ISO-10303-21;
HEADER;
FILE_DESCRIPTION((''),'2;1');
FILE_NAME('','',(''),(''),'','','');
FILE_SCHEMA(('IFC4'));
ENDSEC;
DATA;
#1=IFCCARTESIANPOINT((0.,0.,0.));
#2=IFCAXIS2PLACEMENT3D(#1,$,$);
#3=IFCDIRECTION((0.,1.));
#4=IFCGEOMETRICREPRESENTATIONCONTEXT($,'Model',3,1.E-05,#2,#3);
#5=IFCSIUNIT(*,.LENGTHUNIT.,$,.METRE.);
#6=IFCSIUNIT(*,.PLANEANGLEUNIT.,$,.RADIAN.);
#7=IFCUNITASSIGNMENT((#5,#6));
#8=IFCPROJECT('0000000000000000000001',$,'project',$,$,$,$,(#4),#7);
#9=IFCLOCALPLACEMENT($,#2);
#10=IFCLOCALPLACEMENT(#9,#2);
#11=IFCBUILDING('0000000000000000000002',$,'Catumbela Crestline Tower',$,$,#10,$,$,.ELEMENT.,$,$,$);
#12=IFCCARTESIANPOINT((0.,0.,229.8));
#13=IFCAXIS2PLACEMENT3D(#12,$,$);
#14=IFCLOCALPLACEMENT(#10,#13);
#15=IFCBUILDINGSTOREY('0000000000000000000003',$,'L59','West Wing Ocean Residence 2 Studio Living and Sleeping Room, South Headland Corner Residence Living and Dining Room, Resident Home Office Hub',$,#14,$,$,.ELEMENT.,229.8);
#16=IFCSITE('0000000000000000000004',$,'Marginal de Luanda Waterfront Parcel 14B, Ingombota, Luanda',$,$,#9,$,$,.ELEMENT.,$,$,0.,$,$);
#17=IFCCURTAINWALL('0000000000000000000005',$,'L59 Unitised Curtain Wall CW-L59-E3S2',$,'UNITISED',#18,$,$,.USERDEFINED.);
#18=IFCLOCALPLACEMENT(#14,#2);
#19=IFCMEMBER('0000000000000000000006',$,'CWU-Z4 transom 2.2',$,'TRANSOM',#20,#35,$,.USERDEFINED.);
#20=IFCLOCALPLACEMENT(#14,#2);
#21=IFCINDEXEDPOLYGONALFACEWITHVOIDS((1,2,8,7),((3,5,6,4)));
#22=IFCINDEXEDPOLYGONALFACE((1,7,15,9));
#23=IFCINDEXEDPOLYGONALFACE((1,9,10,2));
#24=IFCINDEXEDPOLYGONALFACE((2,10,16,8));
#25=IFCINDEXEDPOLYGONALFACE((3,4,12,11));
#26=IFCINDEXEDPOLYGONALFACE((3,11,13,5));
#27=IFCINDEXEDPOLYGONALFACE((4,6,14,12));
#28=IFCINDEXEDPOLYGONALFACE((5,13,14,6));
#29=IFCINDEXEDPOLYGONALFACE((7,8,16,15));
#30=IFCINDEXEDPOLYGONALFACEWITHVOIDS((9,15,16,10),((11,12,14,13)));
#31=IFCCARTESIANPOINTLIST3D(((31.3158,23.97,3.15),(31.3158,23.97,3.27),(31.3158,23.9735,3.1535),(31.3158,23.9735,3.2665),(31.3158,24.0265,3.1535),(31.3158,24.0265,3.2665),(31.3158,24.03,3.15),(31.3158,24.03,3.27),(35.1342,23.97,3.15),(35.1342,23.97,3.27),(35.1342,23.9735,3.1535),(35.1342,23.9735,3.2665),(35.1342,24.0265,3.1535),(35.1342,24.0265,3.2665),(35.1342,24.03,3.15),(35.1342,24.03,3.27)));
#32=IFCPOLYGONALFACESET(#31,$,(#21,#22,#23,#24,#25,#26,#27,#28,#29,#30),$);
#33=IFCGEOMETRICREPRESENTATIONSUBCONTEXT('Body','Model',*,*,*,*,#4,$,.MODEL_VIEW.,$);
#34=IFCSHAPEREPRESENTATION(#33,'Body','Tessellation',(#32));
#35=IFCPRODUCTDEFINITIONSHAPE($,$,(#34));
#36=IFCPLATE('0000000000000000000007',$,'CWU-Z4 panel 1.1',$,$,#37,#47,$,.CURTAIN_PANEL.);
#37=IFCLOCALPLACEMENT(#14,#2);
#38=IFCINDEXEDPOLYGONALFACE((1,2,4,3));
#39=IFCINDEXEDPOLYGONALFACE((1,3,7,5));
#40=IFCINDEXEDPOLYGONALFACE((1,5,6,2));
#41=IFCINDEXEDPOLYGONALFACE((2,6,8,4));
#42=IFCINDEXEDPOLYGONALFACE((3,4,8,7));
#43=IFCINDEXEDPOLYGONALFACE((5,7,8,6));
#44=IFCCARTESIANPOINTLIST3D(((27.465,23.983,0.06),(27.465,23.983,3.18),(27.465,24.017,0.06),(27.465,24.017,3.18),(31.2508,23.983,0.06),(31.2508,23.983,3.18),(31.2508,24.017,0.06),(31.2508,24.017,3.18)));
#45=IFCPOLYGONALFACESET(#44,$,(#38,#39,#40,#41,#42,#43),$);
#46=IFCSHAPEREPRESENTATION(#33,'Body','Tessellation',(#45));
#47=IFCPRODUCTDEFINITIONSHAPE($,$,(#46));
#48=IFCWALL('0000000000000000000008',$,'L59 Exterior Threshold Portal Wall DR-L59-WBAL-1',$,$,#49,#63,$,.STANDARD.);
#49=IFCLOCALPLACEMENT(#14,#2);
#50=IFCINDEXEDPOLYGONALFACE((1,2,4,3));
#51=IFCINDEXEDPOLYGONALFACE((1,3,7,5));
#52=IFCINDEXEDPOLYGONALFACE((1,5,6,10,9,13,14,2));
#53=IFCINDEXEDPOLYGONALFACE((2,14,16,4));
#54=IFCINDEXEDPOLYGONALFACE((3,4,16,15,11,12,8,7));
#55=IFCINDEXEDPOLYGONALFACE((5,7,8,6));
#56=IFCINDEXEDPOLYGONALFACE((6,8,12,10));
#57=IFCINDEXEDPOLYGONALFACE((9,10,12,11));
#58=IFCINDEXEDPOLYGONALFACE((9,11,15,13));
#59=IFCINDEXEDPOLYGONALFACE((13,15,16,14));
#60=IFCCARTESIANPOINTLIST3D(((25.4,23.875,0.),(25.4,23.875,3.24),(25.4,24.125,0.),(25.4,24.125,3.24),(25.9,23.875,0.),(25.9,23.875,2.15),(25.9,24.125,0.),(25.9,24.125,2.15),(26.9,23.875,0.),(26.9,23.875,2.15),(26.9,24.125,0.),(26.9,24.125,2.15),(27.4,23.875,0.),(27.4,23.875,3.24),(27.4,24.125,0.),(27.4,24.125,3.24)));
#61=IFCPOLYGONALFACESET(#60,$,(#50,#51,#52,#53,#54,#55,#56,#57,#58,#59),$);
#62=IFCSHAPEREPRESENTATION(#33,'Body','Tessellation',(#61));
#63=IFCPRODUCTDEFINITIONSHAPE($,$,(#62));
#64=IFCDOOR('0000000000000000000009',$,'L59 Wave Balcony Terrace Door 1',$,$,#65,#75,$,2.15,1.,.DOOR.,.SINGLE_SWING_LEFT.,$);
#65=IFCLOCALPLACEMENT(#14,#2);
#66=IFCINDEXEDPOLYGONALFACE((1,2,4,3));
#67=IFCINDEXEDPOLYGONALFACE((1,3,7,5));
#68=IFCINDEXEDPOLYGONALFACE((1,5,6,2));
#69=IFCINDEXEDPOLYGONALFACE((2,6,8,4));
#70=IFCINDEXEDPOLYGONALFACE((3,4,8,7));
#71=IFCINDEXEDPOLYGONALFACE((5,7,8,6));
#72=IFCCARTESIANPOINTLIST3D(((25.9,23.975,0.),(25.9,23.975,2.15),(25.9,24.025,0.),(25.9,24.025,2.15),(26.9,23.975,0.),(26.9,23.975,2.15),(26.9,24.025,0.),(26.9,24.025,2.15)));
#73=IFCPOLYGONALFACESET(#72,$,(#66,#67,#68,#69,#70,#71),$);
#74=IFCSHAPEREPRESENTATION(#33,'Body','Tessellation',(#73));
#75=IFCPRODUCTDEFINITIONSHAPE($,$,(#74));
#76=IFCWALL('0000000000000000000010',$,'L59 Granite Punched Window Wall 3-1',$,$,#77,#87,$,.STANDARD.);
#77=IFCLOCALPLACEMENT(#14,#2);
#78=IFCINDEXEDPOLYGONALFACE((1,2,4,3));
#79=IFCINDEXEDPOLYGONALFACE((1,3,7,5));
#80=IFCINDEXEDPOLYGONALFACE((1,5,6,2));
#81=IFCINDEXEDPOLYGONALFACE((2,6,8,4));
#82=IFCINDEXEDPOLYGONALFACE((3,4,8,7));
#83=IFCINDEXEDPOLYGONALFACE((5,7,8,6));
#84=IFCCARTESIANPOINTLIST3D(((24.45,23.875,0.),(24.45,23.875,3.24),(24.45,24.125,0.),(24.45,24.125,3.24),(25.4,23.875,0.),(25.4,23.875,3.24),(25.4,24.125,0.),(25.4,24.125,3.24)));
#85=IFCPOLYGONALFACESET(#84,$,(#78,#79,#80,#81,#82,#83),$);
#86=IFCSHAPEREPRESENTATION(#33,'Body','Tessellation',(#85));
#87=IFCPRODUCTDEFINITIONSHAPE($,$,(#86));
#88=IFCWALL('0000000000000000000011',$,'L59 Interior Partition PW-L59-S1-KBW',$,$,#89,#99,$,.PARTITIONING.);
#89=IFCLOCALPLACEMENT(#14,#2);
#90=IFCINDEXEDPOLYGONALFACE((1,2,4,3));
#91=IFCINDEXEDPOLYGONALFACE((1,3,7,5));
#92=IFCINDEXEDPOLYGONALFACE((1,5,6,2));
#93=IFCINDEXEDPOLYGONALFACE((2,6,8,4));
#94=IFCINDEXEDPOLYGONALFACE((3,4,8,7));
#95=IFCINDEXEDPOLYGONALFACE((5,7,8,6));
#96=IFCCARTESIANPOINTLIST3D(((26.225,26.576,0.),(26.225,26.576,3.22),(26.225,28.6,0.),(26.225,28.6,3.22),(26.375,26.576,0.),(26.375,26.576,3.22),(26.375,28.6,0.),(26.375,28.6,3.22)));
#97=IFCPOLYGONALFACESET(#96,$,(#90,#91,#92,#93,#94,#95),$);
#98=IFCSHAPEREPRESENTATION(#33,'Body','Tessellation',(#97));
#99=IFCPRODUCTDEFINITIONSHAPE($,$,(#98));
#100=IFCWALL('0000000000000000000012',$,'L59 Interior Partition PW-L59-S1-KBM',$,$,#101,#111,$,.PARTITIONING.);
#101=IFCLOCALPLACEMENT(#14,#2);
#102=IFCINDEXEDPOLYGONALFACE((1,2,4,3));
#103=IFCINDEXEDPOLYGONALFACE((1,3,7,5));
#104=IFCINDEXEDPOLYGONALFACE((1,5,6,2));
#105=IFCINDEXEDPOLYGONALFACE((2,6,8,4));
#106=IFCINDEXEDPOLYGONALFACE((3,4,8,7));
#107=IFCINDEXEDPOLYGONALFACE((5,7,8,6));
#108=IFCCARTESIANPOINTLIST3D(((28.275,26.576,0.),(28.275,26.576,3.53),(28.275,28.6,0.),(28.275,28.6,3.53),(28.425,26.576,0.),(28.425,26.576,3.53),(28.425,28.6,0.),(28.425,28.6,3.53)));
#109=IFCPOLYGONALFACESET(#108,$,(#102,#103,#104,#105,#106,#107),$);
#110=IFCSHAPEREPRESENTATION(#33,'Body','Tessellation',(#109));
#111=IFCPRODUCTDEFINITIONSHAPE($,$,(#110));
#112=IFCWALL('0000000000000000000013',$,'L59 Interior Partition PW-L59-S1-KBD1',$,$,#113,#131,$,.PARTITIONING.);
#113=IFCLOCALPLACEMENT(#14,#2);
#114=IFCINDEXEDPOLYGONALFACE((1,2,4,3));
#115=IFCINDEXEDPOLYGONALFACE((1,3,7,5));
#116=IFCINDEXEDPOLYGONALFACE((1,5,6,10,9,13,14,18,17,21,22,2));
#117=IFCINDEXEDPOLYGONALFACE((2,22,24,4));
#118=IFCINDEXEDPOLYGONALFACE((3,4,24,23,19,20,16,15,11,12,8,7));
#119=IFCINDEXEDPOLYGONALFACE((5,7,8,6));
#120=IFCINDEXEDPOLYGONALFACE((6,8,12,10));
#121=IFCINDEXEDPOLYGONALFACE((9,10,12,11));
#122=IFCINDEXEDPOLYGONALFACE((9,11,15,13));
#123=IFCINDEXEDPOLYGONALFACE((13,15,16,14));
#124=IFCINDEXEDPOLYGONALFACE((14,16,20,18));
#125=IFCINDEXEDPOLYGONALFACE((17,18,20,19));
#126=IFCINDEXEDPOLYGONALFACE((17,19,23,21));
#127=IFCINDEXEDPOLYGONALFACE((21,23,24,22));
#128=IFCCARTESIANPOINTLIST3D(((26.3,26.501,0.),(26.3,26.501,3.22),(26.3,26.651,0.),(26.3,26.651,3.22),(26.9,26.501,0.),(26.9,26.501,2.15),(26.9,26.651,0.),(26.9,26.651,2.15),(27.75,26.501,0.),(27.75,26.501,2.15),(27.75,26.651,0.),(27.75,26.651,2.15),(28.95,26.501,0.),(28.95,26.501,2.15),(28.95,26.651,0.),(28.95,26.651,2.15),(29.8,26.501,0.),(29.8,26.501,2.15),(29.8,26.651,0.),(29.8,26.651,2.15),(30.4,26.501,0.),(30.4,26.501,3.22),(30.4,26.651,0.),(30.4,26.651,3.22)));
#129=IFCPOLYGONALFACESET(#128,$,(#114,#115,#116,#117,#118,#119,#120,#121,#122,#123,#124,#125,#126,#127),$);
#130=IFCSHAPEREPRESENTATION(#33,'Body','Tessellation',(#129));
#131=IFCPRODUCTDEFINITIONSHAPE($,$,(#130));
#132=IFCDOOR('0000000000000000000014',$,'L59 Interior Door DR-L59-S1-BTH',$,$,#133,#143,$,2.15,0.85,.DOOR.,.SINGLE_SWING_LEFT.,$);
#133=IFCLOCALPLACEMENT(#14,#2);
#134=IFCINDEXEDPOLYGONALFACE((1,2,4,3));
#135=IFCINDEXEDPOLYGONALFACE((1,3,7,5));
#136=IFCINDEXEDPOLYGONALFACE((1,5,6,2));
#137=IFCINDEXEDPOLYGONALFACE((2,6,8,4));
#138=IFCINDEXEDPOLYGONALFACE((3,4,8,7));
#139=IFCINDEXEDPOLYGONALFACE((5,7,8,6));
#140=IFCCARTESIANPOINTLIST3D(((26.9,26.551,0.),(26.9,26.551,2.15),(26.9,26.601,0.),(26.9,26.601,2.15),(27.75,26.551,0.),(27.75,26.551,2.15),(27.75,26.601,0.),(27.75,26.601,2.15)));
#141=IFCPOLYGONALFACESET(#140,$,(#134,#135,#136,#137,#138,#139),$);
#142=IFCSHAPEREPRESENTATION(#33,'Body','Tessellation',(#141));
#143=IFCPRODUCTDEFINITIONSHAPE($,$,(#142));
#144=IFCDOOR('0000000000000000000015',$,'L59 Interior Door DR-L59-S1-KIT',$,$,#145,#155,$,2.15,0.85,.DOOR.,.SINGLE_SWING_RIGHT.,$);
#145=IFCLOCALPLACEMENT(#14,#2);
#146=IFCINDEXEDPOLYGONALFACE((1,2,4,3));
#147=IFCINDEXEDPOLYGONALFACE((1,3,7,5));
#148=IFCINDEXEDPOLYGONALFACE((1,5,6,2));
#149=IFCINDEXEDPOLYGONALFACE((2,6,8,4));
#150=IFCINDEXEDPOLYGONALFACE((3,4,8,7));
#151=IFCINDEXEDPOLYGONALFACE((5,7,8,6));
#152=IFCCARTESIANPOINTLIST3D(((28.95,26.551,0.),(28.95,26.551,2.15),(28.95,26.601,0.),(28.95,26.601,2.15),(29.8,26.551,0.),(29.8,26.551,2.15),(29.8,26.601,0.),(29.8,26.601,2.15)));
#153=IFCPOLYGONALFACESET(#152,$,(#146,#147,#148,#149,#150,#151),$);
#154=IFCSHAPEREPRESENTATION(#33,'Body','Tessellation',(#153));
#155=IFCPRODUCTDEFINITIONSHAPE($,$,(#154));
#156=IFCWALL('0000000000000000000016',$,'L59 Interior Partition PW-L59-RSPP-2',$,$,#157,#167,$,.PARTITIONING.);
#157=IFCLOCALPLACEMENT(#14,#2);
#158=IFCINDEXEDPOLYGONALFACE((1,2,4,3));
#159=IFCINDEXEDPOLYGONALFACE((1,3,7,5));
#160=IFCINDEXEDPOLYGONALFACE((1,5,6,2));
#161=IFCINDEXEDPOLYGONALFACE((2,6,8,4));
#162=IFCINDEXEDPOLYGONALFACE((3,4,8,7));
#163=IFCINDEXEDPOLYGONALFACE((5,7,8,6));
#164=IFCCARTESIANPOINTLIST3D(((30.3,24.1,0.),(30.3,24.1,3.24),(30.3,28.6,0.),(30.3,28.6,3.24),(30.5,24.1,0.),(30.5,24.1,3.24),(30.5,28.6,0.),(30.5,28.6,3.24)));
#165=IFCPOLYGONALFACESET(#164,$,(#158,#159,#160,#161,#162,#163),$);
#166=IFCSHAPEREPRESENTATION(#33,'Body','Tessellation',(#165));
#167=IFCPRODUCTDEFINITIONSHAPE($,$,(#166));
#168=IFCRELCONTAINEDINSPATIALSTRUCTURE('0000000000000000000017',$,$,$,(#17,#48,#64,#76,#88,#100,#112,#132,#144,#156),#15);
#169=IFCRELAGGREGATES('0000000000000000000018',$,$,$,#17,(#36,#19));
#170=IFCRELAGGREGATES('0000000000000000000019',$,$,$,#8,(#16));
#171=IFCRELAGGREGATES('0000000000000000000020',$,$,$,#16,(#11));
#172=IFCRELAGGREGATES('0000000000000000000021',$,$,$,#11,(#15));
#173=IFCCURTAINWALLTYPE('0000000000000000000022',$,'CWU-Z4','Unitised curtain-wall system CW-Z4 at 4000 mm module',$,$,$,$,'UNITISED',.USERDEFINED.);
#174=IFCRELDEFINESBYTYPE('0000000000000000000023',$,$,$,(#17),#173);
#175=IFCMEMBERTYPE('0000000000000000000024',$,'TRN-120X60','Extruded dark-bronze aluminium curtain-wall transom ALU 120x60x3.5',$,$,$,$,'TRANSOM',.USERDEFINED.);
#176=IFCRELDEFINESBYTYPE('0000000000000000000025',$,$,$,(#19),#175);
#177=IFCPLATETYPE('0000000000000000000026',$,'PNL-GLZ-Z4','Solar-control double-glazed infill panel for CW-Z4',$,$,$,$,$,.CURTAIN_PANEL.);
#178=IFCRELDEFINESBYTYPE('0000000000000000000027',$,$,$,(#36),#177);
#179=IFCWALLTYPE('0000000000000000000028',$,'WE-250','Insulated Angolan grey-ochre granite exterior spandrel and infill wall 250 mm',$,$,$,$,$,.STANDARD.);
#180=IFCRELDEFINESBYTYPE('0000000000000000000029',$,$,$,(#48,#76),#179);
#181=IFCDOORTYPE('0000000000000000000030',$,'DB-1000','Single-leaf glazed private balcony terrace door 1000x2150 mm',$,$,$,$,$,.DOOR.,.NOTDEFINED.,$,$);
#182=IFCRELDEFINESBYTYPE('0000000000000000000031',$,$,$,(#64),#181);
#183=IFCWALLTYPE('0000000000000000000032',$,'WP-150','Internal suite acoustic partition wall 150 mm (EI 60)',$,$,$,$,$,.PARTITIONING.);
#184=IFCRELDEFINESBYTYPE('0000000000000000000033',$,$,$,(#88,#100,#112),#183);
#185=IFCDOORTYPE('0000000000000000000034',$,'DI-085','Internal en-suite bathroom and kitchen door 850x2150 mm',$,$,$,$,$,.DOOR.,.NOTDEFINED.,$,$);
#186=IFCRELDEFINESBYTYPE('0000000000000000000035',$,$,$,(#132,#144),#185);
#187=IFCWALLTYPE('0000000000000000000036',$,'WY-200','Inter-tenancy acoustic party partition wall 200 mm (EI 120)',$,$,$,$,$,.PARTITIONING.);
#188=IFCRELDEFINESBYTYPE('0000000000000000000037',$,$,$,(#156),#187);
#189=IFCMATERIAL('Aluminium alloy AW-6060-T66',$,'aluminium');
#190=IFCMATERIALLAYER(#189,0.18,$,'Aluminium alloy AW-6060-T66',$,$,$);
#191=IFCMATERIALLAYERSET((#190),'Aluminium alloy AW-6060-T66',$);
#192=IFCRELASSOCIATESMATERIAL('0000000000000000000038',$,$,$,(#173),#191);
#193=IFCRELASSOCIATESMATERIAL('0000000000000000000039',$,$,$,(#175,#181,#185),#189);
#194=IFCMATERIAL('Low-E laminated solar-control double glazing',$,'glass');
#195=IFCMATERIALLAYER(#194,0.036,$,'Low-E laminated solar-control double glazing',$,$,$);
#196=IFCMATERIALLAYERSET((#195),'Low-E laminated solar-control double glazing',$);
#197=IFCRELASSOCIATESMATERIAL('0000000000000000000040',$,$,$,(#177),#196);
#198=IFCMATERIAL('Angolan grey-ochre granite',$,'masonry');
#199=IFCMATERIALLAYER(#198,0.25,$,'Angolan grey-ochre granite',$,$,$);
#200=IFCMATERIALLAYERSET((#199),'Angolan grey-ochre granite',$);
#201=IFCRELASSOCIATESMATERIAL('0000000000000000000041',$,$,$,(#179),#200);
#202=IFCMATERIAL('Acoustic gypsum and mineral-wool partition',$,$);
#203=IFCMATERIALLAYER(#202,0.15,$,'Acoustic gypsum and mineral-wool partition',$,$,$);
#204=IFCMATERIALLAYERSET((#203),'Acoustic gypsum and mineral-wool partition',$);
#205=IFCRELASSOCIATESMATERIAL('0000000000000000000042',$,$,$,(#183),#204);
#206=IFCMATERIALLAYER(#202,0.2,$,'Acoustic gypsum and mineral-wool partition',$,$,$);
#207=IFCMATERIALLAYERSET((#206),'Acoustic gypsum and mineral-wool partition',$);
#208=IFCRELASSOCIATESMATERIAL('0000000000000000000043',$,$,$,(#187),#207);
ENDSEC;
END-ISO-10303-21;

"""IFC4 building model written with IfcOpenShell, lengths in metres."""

from ifc_helpers import new_model, si_unit, direction, frame, frame_2d, origin, origin_2d, place, context, subcontext, project, spatial, rectangle, hollow_rectangle, extrude, material, layer, layer_set, material_profile, profile_set, type_object, element, fill, aggregate, save


model = new_model("IFC4")

# Units and contexts
model_context = context("Model", 3, precision=1e-05, world=origin(), true_north=direction((0.0, 1.0)))
body_context = subcontext(model_context, "Body", "Model", "MODEL_VIEW")
ifc_project = project(units=[si_unit("LENGTHUNIT", "METRE"), si_unit("PLANEANGLEUNIT", "RADIAN")], contexts=[model_context])

# Site, building, storey
site_placement = place(None, origin())
site = spatial("IfcSite", under=ifc_project, at=site_placement, Name="Marginal de Luanda Waterfront Parcel 14B, Ingombota, Luanda", CompositionType="ELEMENT", RefElevation=0.0)
building_placement = place(site_placement, origin())
building = spatial("IfcBuilding", under=site, at=building_placement, Name="Catumbela Crestline Tower", CompositionType="ELEMENT")
storey_placement = place(building_placement, frame((0.0, 0.0, 229.8)))
storey = spatial("IfcBuildingStorey", under=building, at=storey_placement, Name="L59", Description="West Wing Ocean Residence 2 Studio Living and Sleeping Room, South Headland Corner Residence Living and Dining Room, Resident Home Office Hub", CompositionType="ELEMENT", Elevation=229.8)

# Curtain wall, member, plate
ifc_material_1 = material(Name="Aluminium alloy AW-6060-T66", Category="aluminium")
ifc_layer_1 = layer(ifc_material_1, 0.18, Name="Aluminium alloy AW-6060-T66")
ifc_layer_set_1 = layer_set([ifc_layer_1], Name="Aluminium alloy AW-6060-T66")
curtain_wall_type = type_object("IfcCurtainWallType", Name="CWU-Z4", Description="Unitised curtain-wall system CW-Z4 at 4000 mm module", ElementType="UNITISED", PredefinedType="USERDEFINED", material=ifc_layer_set_1)
curtain_wall_placement = place(storey_placement, origin())
curtain_wall = element("IfcCurtainWall", 1, at=curtain_wall_placement, inside=storey, type_object=curtain_wall_type, Name="L59 Unitised Curtain Wall CW-L59-E3S2", ObjectType="UNITISED", PredefinedType="USERDEFINED")
ifc_material_profile_1 = material_profile(ifc_material_1, hollow_rectangle(XDim=0.06, YDim=0.12, WallThickness=0.0035, at=origin_2d()), Name="ALU 120x60x3.5")
ifc_profile_set_1 = profile_set([ifc_material_profile_1], Name="Aluminium alloy AW-6060-T66")
member_type_1 = type_object("IfcMemberType", Name="TRN-120X60", Description="Extruded dark-bronze aluminium curtain-wall transom ALU 120x60x3.5", ElementType="TRANSOM", PredefinedType="USERDEFINED", material=ifc_profile_set_1)
member_1_placement = place(storey_placement, frame((31.3158, 24.0, 3.21), z_axis=(1.0, 0.0, 0.0), x_axis=(0.0, 1.0, 0.0)))
member_1 = element("IfcMember", 2, at=member_1_placement, type_object=member_type_1, Name="CWU-Z4 transom 2.2", ObjectType="TRANSOM", PredefinedType="USERDEFINED", context=body_context, shape_type="SweptSolid", body=[
    extrude(hollow_rectangle(XDim=0.06, YDim=0.12, WallThickness=0.0035, at=origin_2d()), origin(), (0.0, 0.0, 1.0), 3.8184),
])
ifc_material_2 = material(Name="Low-E laminated solar-control double glazing", Category="glass")
ifc_layer_2 = layer(ifc_material_2, 0.036, Name="Low-E laminated solar-control double glazing")
ifc_layer_set_2 = layer_set([ifc_layer_2], Name="Low-E laminated solar-control double glazing")
plate_type = type_object("IfcPlateType", Name="PNL-GLZ-Z4", Description="Solar-control double-glazed infill panel for CW-Z4", PredefinedType="CURTAIN_PANEL", material=ifc_layer_set_2)
plate_placement = place(storey_placement, frame((29.3579, 24.0, 0.06), z_axis=(0.0, 0.0, 1.0), x_axis=(1.0, 0.0, 0.0)))
plate = element("IfcPlate", 3, at=plate_placement, type_object=plate_type, Name="CWU-Z4 panel 1.1", PredefinedType="CURTAIN_PANEL", context=body_context, shape_type="SweptSolid", body=[
    extrude(rectangle(XDim=3.7858, YDim=0.034, at=origin_2d()), origin(), (0.0, 0.0, 1.0), 3.12),
])
aggregate(curtain_wall, [plate, member_1])

# Wall, opening, door
ifc_material_3 = material(Name="Angolan grey-ochre granite", Category="masonry")
ifc_layer_3 = layer(ifc_material_3, 0.25, Name="Angolan grey-ochre granite")
ifc_layer_set_3 = layer_set([ifc_layer_3], Name="Angolan grey-ochre granite")
wall_type_1 = type_object("IfcWallType", Name="WE-250", Description="Insulated Angolan grey-ochre granite exterior spandrel and infill wall 250 mm", PredefinedType="STANDARD", material=ifc_layer_set_3)
wall_1_placement = place(storey_placement, frame((25.4, 24.0, 0.0), z_axis=(0.0, 0.0, 1.0), x_axis=(1.0, 0.0, 0.0)))
wall_1 = element("IfcWall", 4, at=wall_1_placement, inside=storey, type_object=wall_type_1, Name="L59 Exterior Threshold Portal Wall DR-L59-WBAL-1", PredefinedType="STANDARD", context=body_context, shape_type="SweptSolid", body=[
    extrude(rectangle(XDim=2.0, YDim=0.25, at=frame_2d((1.0, 0.0))), origin(), (0.0, 0.0, 1.0), 3.24),
])
opening_1_placement = place(wall_1_placement, frame((0.5, 0.0, 0.0)))
opening_1 = element("IfcOpeningElement", 5, at=opening_1_placement, cuts=wall_1, PredefinedType="OPENING", context=body_context, shape_type="SweptSolid", body=[
    extrude(rectangle(XDim=1.0, YDim=2.15, at=frame_2d((0.5, 1.075))), frame((0.0, 0.135, 0.0), z_axis=(0.0, -1.0, 0.0), x_axis=(1.0, 0.0, 0.0)), (0.0, 0.0, 1.0), 0.27),
])
door_type_1 = type_object("IfcDoorType", Name="DB-1000", Description="Single-leaf glazed private balcony terrace door 1000x2150 mm", OperationType="NOTDEFINED", PredefinedType="DOOR", material=ifc_material_1)
door_1_placement = place(opening_1_placement, origin())
door_1 = element("IfcDoor", 6, at=door_1_placement, inside=storey, type_object=door_type_1, Name="L59 Wave Balcony Terrace Door 1", OperationType="SINGLE_SWING_LEFT", OverallHeight=2.15, OverallWidth=1.0, PredefinedType="DOOR", context=body_context, shape_type="SweptSolid", body=[
    extrude(rectangle(XDim=1.0, YDim=2.15, at=frame_2d((0.5, 1.075))), frame((0.0, 0.025, 0.0), z_axis=(0.0, -1.0, 0.0), x_axis=(1.0, 0.0, 0.0)), (0.0, 0.0, 1.0), 0.05),
])
fill(opening_1, door_1)

# Walls
wall_2_placement = place(storey_placement, frame((24.45, 24.0, 0.0), z_axis=(0.0, 0.0, 1.0), x_axis=(1.0, 0.0, 0.0)))
element("IfcWall", 7, at=wall_2_placement, inside=storey, type_object=wall_type_1, Name="L59 Granite Punched Window Wall 3-1", PredefinedType="STANDARD", context=body_context, shape_type="SweptSolid", body=[
    extrude(rectangle(XDim=0.95, YDim=0.25, at=frame_2d((0.475, 0.0))), origin(), (0.0, 0.0, 1.0), 3.24),
])
ifc_material_4 = material(Name="Acoustic gypsum and mineral-wool partition")
ifc_layer_4 = layer(ifc_material_4, 0.15, Name="Acoustic gypsum and mineral-wool partition")
ifc_layer_set_4 = layer_set([ifc_layer_4], Name="Acoustic gypsum and mineral-wool partition")
wall_type_2 = type_object("IfcWallType", Name="WP-150", Description="Internal suite acoustic partition wall 150 mm (EI 60)", PredefinedType="PARTITIONING", material=ifc_layer_set_4)
wall_3_placement = place(storey_placement, frame((26.3, 26.576, 0.0), z_axis=(0.0, 0.0, 1.0), x_axis=(0.0, 1.0, 0.0)))
element("IfcWall", 8, at=wall_3_placement, inside=storey, type_object=wall_type_2, Name="L59 Interior Partition PW-L59-S1-KBW", PredefinedType="PARTITIONING", context=body_context, shape_type="SweptSolid", body=[
    extrude(rectangle(XDim=2.024, YDim=0.15, at=frame_2d((1.012, 0.0))), origin(), (0.0, 0.0, 1.0), 3.22),
])
wall_4_placement = place(storey_placement, frame((28.35, 26.576, 0.0), z_axis=(0.0, 0.0, 1.0), x_axis=(0.0, 1.0, 0.0)))
element("IfcWall", 9, at=wall_4_placement, inside=storey, type_object=wall_type_2, Name="L59 Interior Partition PW-L59-S1-KBM", PredefinedType="PARTITIONING", context=body_context, shape_type="SweptSolid", body=[
    extrude(rectangle(XDim=2.024, YDim=0.15, at=frame_2d((1.012, 0.0))), origin(), (0.0, 0.0, 1.0), 3.53),
])

# Wall, openings, doors
wall_5_placement = place(storey_placement, frame((26.3, 26.576, 0.0), z_axis=(0.0, 0.0, 1.0), x_axis=(1.0, 0.0, 0.0)))
wall_5 = element("IfcWall", 10, at=wall_5_placement, inside=storey, type_object=wall_type_2, Name="L59 Interior Partition PW-L59-S1-KBD1", PredefinedType="PARTITIONING", context=body_context, shape_type="SweptSolid", body=[
    extrude(rectangle(XDim=4.1, YDim=0.15, at=frame_2d((2.05, 0.0))), origin(), (0.0, 0.0, 1.0), 3.22),
])
opening_2_placement = place(wall_5_placement, frame((0.6, 0.0, 0.0)))
opening_2 = element("IfcOpeningElement", 11, at=opening_2_placement, cuts=wall_5, PredefinedType="OPENING", context=body_context, shape_type="SweptSolid", body=[
    extrude(rectangle(XDim=0.85, YDim=2.15, at=frame_2d((0.425, 1.075))), frame((0.0, 0.085, 0.0), z_axis=(0.0, -1.0, 0.0), x_axis=(1.0, 0.0, 0.0)), (0.0, 0.0, 1.0), 0.17),
])
opening_3_placement = place(wall_5_placement, frame((2.65, 0.0, 0.0)))
opening_3 = element("IfcOpeningElement", 12, at=opening_3_placement, cuts=wall_5, PredefinedType="OPENING", context=body_context, shape_type="SweptSolid", body=[
    extrude(rectangle(XDim=0.85, YDim=2.15, at=frame_2d((0.425, 1.075))), frame((0.0, 0.085, 0.0), z_axis=(0.0, -1.0, 0.0), x_axis=(1.0, 0.0, 0.0)), (0.0, 0.0, 1.0), 0.17),
])
door_type_2 = type_object("IfcDoorType", Name="DI-085", Description="Internal en-suite bathroom and kitchen door 850x2150 mm", OperationType="NOTDEFINED", PredefinedType="DOOR", material=ifc_material_1)
door_2_placement = place(opening_2_placement, origin())
door_2 = element("IfcDoor", 13, at=door_2_placement, inside=storey, type_object=door_type_2, Name="L59 Interior Door DR-L59-S1-BTH", OperationType="SINGLE_SWING_LEFT", OverallHeight=2.15, OverallWidth=0.85, PredefinedType="DOOR", context=body_context, shape_type="SweptSolid", body=[
    extrude(rectangle(XDim=0.85, YDim=2.15, at=frame_2d((0.425, 1.075))), frame((0.0, 0.025, 0.0), z_axis=(0.0, -1.0, 0.0), x_axis=(1.0, 0.0, 0.0)), (0.0, 0.0, 1.0), 0.05),
])
fill(opening_2, door_2)
door_3_placement = place(opening_3_placement, origin())
door_3 = element("IfcDoor", 14, at=door_3_placement, inside=storey, type_object=door_type_2, Name="L59 Interior Door DR-L59-S1-KIT", OperationType="SINGLE_SWING_RIGHT", OverallHeight=2.15, OverallWidth=0.85, PredefinedType="DOOR", context=body_context, shape_type="SweptSolid", body=[
    extrude(rectangle(XDim=0.85, YDim=2.15, at=frame_2d((0.425, 1.075))), frame((0.0, 0.025, 0.0), z_axis=(0.0, -1.0, 0.0), x_axis=(1.0, 0.0, 0.0)), (0.0, 0.0, 1.0), 0.05),
])
fill(opening_3, door_3)

# Wall
ifc_layer_5 = layer(ifc_material_4, 0.2, Name="Acoustic gypsum and mineral-wool partition")
ifc_layer_set_5 = layer_set([ifc_layer_5], Name="Acoustic gypsum and mineral-wool partition")
wall_type_3 = type_object("IfcWallType", Name="WY-200", Description="Inter-tenancy acoustic party partition wall 200 mm (EI 120)", PredefinedType="PARTITIONING", material=ifc_layer_set_5)
wall_6_placement = place(storey_placement, frame((30.4, 24.1, 0.0), z_axis=(0.0, 0.0, 1.0), x_axis=(0.0, 1.0, 0.0)))
element("IfcWall", 15, at=wall_6_placement, inside=storey, type_object=wall_type_3, Name="L59 Interior Partition PW-L59-RSPP-2", PredefinedType="PARTITIONING", context=body_context, shape_type="SweptSolid", body=[
    extrude(rectangle(XDim=4.5, YDim=0.2, at=frame_2d((2.25, 0.0))), origin(), (0.0, 0.0, 1.0), 3.24),
])

save(model, "model.ifc")
